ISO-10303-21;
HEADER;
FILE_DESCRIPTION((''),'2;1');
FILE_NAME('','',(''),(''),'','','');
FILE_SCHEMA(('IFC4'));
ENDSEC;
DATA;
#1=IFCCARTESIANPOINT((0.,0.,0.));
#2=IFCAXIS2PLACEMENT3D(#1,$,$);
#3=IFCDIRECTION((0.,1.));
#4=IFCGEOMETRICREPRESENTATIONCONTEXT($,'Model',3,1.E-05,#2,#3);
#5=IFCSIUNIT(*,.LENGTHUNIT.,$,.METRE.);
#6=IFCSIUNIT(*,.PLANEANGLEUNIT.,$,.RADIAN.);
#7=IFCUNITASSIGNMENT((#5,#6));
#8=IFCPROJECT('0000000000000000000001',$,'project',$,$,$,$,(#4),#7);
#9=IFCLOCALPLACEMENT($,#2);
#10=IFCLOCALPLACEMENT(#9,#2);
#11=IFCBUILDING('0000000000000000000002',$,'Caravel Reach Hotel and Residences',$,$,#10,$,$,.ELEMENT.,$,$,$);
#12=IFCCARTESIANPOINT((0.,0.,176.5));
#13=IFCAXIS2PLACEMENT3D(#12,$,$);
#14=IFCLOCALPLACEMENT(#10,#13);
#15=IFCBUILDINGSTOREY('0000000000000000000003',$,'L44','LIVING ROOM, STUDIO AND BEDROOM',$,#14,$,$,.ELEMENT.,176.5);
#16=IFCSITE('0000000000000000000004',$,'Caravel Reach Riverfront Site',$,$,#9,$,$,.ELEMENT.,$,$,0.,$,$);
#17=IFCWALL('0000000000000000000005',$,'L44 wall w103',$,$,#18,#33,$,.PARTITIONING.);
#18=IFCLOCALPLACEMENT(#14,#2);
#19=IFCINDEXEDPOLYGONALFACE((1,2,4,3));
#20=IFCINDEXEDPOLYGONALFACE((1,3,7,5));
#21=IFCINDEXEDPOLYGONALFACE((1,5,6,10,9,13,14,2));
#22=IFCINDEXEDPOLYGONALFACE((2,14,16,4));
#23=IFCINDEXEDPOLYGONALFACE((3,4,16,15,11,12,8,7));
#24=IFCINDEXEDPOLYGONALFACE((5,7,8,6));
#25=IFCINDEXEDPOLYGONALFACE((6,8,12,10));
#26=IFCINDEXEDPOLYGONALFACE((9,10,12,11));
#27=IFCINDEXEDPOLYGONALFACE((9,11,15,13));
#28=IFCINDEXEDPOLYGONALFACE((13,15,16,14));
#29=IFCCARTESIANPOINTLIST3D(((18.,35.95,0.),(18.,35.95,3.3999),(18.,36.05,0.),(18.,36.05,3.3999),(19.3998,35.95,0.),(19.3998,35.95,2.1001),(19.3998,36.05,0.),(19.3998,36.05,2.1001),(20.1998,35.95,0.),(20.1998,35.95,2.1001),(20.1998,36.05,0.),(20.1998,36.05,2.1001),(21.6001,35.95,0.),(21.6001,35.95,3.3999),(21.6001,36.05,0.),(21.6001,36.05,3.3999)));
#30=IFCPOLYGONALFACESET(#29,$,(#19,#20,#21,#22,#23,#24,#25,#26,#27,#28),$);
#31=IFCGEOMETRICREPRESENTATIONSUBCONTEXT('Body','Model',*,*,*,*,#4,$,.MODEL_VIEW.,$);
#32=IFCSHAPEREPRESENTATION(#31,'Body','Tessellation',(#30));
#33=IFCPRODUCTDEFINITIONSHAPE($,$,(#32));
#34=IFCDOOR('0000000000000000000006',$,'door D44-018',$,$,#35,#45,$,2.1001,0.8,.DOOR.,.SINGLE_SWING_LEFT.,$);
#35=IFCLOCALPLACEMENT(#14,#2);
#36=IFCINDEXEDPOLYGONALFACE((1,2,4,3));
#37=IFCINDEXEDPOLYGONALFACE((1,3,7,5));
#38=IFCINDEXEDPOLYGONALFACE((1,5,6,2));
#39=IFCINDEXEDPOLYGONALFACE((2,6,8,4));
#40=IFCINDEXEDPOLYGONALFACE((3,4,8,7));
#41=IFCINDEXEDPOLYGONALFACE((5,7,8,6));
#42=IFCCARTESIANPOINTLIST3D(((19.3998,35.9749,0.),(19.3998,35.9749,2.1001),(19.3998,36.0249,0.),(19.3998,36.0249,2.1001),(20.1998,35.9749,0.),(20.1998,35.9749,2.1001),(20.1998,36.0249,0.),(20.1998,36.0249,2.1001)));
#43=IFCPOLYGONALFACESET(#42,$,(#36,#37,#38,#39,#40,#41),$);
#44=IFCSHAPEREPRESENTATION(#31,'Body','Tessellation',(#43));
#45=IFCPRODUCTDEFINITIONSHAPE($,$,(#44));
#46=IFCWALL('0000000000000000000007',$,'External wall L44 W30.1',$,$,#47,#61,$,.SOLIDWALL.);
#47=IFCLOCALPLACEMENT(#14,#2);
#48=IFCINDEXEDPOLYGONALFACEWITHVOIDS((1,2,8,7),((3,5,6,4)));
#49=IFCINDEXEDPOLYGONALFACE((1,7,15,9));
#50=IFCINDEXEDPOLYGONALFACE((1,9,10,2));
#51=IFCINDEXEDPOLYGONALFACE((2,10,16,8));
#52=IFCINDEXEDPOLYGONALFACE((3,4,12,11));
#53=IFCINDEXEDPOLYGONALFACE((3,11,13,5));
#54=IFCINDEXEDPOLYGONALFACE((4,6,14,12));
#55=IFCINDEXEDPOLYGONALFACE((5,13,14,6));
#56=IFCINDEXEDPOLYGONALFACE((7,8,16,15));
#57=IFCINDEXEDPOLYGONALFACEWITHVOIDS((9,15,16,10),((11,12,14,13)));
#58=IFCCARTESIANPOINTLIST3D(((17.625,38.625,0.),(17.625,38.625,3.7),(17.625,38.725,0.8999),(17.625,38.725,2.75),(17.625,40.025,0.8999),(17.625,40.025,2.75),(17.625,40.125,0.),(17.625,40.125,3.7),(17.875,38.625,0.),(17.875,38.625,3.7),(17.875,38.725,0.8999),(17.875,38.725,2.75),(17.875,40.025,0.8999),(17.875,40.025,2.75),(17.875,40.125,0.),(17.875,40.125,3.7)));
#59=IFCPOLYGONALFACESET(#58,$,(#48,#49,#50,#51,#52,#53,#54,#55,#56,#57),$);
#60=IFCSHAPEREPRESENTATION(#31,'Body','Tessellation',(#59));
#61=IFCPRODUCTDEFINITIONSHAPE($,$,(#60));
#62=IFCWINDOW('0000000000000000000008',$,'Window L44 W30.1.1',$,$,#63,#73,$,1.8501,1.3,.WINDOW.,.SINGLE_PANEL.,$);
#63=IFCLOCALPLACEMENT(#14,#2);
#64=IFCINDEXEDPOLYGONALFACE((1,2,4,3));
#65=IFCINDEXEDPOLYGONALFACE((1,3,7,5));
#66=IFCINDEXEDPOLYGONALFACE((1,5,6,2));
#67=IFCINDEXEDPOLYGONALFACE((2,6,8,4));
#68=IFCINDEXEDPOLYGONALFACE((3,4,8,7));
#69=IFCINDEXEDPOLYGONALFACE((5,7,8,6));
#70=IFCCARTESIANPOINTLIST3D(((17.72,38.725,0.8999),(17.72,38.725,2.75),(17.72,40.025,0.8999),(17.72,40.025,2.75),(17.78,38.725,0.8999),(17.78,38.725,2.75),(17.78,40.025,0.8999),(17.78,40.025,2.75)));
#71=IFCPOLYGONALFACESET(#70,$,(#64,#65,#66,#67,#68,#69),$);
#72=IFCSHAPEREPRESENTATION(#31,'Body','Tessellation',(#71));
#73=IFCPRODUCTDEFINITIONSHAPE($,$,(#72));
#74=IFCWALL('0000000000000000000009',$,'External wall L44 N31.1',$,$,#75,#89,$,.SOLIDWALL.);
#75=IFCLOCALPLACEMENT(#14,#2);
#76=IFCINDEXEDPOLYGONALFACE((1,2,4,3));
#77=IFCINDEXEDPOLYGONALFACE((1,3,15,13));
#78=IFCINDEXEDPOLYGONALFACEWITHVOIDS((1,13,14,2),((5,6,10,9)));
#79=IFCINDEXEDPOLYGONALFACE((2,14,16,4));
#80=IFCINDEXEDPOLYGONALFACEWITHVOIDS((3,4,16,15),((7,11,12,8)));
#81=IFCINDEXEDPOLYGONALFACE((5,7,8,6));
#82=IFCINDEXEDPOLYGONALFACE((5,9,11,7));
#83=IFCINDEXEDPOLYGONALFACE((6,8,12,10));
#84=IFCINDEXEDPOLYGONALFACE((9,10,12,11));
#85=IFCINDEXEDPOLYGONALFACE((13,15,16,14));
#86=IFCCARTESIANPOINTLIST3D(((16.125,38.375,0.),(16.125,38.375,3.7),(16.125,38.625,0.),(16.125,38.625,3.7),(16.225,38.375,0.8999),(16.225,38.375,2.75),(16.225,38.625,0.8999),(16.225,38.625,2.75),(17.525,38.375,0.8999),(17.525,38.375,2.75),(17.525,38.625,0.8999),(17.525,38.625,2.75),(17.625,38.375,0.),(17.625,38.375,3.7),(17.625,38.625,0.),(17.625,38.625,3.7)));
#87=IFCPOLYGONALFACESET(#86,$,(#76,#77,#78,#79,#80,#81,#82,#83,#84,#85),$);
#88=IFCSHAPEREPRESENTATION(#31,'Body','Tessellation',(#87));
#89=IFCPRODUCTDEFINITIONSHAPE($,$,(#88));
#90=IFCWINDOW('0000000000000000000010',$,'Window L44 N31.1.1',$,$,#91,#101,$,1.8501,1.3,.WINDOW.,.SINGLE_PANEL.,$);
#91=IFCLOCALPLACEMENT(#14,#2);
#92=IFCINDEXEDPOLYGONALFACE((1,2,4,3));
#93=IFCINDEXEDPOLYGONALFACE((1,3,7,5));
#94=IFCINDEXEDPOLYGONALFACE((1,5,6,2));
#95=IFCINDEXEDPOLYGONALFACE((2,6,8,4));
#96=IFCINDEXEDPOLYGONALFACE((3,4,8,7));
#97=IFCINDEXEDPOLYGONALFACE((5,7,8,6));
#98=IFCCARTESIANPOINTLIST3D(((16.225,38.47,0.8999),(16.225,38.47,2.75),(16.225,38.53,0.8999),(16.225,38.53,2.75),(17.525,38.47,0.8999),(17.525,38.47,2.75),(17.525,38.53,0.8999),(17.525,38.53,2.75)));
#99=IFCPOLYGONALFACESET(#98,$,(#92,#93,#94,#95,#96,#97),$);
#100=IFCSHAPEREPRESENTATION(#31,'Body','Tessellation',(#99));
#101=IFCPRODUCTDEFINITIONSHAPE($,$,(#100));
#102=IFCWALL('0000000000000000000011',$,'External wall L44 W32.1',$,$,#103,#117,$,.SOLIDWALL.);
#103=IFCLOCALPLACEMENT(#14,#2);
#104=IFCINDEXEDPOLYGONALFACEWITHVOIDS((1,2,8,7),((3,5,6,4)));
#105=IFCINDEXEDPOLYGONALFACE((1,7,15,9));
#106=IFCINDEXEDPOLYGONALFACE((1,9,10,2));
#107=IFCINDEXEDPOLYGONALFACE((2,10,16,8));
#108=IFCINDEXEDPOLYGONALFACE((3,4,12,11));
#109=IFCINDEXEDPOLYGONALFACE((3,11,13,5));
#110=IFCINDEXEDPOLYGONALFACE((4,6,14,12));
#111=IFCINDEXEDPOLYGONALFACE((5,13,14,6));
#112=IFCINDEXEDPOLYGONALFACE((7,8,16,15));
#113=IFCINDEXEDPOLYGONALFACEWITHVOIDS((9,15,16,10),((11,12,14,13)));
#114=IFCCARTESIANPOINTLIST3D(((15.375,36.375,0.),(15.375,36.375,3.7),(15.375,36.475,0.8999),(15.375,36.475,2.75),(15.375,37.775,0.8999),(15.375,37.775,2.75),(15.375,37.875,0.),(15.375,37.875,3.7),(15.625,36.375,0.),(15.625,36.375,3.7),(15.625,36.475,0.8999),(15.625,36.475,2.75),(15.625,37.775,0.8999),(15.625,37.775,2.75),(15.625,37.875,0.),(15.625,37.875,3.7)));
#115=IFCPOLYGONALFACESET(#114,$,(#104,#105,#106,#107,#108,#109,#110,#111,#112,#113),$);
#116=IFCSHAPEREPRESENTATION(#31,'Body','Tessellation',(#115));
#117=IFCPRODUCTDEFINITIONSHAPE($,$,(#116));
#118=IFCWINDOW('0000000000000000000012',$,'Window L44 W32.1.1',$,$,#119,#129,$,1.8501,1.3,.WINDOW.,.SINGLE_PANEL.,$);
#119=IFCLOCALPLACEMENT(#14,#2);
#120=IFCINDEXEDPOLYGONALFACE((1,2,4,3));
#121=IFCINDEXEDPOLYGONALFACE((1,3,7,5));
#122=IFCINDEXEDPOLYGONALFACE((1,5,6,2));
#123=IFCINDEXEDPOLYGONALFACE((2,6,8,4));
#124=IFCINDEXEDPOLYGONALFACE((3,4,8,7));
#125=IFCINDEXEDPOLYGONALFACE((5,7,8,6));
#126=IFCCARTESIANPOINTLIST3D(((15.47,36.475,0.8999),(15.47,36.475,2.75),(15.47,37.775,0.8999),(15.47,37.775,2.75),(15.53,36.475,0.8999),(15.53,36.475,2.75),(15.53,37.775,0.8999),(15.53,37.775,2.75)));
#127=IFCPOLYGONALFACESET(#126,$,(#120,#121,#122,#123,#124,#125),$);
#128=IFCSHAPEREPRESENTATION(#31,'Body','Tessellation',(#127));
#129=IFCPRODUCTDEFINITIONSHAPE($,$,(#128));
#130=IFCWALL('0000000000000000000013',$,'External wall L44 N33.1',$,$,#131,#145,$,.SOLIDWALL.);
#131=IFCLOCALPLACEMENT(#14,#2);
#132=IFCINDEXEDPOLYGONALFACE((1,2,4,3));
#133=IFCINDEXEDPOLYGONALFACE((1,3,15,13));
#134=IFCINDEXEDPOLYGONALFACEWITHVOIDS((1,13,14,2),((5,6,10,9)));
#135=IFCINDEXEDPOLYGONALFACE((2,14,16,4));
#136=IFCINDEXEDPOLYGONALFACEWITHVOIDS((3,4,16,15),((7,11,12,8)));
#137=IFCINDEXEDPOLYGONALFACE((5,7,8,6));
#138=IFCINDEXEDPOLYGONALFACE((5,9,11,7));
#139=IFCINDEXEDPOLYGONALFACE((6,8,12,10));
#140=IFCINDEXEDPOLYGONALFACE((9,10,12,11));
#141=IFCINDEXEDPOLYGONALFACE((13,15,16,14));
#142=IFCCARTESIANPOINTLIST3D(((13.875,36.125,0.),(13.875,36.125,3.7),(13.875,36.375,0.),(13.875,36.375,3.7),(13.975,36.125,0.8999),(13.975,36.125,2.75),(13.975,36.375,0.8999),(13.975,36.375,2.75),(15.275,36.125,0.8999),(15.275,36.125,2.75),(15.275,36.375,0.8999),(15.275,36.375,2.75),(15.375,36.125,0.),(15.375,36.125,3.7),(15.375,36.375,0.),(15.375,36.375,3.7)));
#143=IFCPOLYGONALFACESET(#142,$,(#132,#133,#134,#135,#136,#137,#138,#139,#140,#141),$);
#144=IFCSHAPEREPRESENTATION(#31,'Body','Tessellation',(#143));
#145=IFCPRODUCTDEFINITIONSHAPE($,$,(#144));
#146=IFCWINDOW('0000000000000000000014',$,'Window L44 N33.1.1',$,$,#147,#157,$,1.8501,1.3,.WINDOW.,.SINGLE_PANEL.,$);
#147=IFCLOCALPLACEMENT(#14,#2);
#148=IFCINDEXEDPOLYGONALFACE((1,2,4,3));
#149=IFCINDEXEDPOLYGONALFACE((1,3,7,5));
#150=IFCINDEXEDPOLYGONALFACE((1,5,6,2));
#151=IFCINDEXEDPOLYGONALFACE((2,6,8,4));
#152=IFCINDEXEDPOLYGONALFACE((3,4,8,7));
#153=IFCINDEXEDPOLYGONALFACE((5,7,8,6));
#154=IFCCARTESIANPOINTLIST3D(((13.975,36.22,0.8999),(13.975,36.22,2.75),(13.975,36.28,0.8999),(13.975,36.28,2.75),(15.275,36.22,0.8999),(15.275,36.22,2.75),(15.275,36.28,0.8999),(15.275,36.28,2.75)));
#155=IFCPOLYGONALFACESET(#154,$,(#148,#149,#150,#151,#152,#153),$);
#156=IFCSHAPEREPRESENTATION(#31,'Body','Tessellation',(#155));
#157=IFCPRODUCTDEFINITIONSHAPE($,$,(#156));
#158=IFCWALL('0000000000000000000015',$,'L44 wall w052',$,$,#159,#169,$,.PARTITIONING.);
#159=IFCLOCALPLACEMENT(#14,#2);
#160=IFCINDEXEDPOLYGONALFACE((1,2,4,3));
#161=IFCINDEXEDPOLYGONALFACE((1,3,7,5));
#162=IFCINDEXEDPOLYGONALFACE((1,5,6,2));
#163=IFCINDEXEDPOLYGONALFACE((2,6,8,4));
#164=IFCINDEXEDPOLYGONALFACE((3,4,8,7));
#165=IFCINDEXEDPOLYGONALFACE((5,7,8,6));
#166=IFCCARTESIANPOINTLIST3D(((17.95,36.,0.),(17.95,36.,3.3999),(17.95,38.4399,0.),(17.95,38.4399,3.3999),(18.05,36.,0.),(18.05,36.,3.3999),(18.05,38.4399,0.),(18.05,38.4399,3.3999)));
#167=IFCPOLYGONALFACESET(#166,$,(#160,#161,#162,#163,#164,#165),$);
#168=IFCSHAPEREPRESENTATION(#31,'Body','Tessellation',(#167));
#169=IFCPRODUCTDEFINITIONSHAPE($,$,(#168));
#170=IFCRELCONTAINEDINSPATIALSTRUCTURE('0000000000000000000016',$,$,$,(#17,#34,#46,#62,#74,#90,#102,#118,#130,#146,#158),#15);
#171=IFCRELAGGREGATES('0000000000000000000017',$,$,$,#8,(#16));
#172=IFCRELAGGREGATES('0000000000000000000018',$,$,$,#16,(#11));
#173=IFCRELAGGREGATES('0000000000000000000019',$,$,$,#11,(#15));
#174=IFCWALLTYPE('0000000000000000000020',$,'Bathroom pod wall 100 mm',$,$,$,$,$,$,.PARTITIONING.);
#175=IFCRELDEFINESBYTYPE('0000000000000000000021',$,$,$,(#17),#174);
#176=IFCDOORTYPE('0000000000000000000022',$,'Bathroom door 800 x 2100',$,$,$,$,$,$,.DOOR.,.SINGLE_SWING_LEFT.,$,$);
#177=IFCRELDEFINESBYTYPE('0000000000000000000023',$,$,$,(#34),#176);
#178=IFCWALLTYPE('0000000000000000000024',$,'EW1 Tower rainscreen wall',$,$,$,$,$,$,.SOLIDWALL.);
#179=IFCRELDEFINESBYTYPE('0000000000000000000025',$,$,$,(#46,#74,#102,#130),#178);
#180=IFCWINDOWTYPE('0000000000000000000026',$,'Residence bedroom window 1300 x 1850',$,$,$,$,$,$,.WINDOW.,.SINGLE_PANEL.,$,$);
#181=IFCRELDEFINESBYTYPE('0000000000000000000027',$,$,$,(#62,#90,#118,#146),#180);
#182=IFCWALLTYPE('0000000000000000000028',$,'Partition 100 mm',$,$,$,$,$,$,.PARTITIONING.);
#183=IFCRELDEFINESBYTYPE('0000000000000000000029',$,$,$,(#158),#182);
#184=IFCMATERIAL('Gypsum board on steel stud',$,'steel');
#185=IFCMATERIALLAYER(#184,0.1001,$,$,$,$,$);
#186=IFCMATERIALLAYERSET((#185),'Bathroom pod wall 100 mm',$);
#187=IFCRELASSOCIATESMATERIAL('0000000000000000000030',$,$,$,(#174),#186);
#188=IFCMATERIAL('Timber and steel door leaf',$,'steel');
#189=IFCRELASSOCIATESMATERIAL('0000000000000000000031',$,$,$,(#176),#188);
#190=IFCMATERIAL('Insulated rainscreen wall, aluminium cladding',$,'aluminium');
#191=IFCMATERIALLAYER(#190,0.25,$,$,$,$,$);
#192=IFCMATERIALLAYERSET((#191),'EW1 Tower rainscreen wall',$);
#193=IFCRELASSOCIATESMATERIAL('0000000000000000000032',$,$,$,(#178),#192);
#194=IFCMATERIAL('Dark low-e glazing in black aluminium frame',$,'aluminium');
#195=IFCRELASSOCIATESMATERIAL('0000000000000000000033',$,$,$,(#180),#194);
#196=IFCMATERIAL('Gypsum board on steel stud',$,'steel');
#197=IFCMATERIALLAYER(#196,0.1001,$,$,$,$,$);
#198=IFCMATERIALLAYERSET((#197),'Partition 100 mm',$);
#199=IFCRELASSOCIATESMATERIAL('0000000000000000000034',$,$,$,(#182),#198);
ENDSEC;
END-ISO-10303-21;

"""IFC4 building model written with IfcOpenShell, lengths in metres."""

from ifc_helpers import new_model, si_unit, direction, frame, frame_2d, origin, place, context, subcontext, project, spatial, rectangle, extrude, material, layer, layer_set, type_object, element, fill, save


model = new_model("IFC4")

# Units and contexts
model_context = context("Model", 3, precision=1e-05, world=origin(), true_north=direction((0.0, 1.0)))
body_context = subcontext(model_context, "Body", "Model", "MODEL_VIEW")
ifc_project = project(units=[si_unit("LENGTHUNIT", "METRE"), si_unit("PLANEANGLEUNIT", "RADIAN")], contexts=[model_context])

# Site, building, storey
site_placement = place(None, origin())
site = spatial("IfcSite", under=ifc_project, at=site_placement, Name="Caravel Reach Riverfront Site", CompositionType="ELEMENT", RefElevation=0.0)
building_placement = place(site_placement, origin())
building = spatial("IfcBuilding", under=site, at=building_placement, Name="Caravel Reach Hotel and Residences", CompositionType="ELEMENT")
storey_placement = place(building_placement, frame((0.0, 0.0, 176.5)))
storey = spatial("IfcBuildingStorey", under=building, at=storey_placement, Name="L44", Description="LIVING ROOM, STUDIO AND BEDROOM", CompositionType="ELEMENT", Elevation=176.5)

# Wall, opening, door
ifc_material_1 = material(Name="Gypsum board on steel stud", Category="steel")
ifc_layer_1 = layer(ifc_material_1, 0.1001)
ifc_layer_set_1 = layer_set([ifc_layer_1], Name="Bathroom pod wall 100 mm")
wall_type_1 = type_object("IfcWallType", Name="Bathroom pod wall 100 mm", PredefinedType="PARTITIONING", material=ifc_layer_set_1)
wall_1_placement = place(storey_placement, frame((18.0, 36.0, 0.0), z_axis=(0.0, 0.0, 1.0), x_axis=(1.0, 0.0, 0.0)))
wall_1 = element("IfcWall", 1, at=wall_1_placement, inside=storey, type_object=wall_type_1, Name="L44 wall w103", PredefinedType="PARTITIONING", context=body_context, shape_type="SweptSolid", body=[
    extrude(rectangle(XDim=3.6001, YDim=0.1001, at=frame_2d((1.8, 0.0))), origin(), (0.0, 0.0, 1.0), 3.3999),
])
opening_1_placement = place(wall_1_placement, frame((1.3999, 0.0, 0.0)))
opening_1 = element("IfcOpeningElement", 2, at=opening_1_placement, cuts=wall_1, PredefinedType="OPENING", context=body_context, shape_type="SweptSolid", body=[
    extrude(rectangle(XDim=0.8, YDim=2.1001, at=frame_2d((0.3999, 1.05))), frame((0.0, 0.0601, 0.0), z_axis=(0.0, -1.0, 0.0), x_axis=(1.0, 0.0, 0.0)), (0.0, 0.0, 1.0), 0.1201),
])
ifc_material_2 = material(Name="Timber and steel door leaf", Category="steel")
door_type = type_object("IfcDoorType", Name="Bathroom door 800 x 2100", OperationType="SINGLE_SWING_LEFT", PredefinedType="DOOR", material=ifc_material_2)
door_placement = place(opening_1_placement, origin())
door = element("IfcDoor", 3, at=door_placement, inside=storey, type_object=door_type, Name="door D44-018", OperationType="SINGLE_SWING_LEFT", OverallHeight=2.1001, OverallWidth=0.8, PredefinedType="DOOR", context=body_context, shape_type="SweptSolid", body=[
    extrude(rectangle(XDim=0.8, YDim=2.1001, at=frame_2d((0.3999, 1.05))), frame((0.0, 0.0249, 0.0), z_axis=(0.0, -1.0, 0.0), x_axis=(1.0, 0.0, 0.0)), (0.0, 0.0, 1.0), 0.05),
])
fill(opening_1, door)

# Walls, openings, windows
ifc_material_3 = material(Name="Insulated rainscreen wall, aluminium cladding", Category="aluminium")
ifc_layer_2 = layer(ifc_material_3, 0.25)
ifc_layer_set_2 = layer_set([ifc_layer_2], Name="EW1 Tower rainscreen wall")
wall_type_2 = type_object("IfcWallType", Name="EW1 Tower rainscreen wall", PredefinedType="SOLIDWALL", material=ifc_layer_set_2)
wall_2_placement = place(storey_placement, frame((17.75, 40.125, 0.0), z_axis=(0.0, 0.0, 1.0), x_axis=(0.0, -1.0, 0.0)))
wall_2 = element("IfcWall", 4, at=wall_2_placement, inside=storey, type_object=wall_type_2, Name="External wall L44 W30.1", PredefinedType="SOLIDWALL", context=body_context, shape_type="SweptSolid", body=[
    extrude(rectangle(XDim=1.5, YDim=0.25, at=frame_2d((0.75, 0.0))), origin(), (0.0, 0.0, 1.0), 3.7),
])
opening_2_placement = place(wall_2_placement, frame((0.1001, 0.0, 0.8999)))
opening_2 = element("IfcOpeningElement", 5, at=opening_2_placement, cuts=wall_2, PredefinedType="OPENING", context=body_context, shape_type="SweptSolid", body=[
    extrude(rectangle(XDim=1.3, YDim=1.8501, at=frame_2d((0.6499, 0.925))), frame((0.0, 0.135, 0.0), z_axis=(0.0, -1.0, 0.0), x_axis=(1.0, 0.0, 0.0)), (0.0, 0.0, 1.0), 0.27),
])
ifc_material_4 = material(Name="Dark low-e glazing in black aluminium frame", Category="aluminium")
window_type = type_object("IfcWindowType", Name="Residence bedroom window 1300 x 1850", PartitioningType="SINGLE_PANEL", PredefinedType="WINDOW", material=ifc_material_4)
window_1_placement = place(opening_2_placement, origin())
window_1 = element("IfcWindow", 6, at=window_1_placement, inside=storey, type_object=window_type, Name="Window L44 W30.1.1", OverallHeight=1.8501, OverallWidth=1.3, PartitioningType="SINGLE_PANEL", PredefinedType="WINDOW", context=body_context, shape_type="SweptSolid", body=[
    extrude(rectangle(XDim=1.3, YDim=1.8501, at=frame_2d((0.6499, 0.925))), frame((0.0, 0.03, 0.0), z_axis=(0.0, -1.0, 0.0), x_axis=(1.0, 0.0, 0.0)), (0.0, 0.0, 1.0), 0.0601),
])
fill(opening_2, window_1)
wall_3_placement = place(storey_placement, frame((17.625, 38.5, 0.0), z_axis=(0.0, 0.0, 1.0), x_axis=(-1.0, 0.0, 0.0)))
wall_3 = element("IfcWall", 7, at=wall_3_placement, inside=storey, type_object=wall_type_2, Name="External wall L44 N31.1", PredefinedType="SOLIDWALL", context=body_context, shape_type="SweptSolid", body=[
    extrude(rectangle(XDim=1.5, YDim=0.25, at=frame_2d((0.75, 0.0))), origin(), (0.0, 0.0, 1.0), 3.7),
])
opening_3_placement = place(wall_3_placement, frame((0.1001, 0.0, 0.8999)))
opening_3 = element("IfcOpeningElement", 8, at=opening_3_placement, cuts=wall_3, PredefinedType="OPENING", context=body_context, shape_type="SweptSolid", body=[
    extrude(rectangle(XDim=1.3, YDim=1.8501, at=frame_2d((0.6499, 0.925))), frame((0.0, 0.135, 0.0), z_axis=(0.0, -1.0, 0.0), x_axis=(1.0, 0.0, 0.0)), (0.0, 0.0, 1.0), 0.27),
])
window_2_placement = place(opening_3_placement, origin())
window_2 = element("IfcWindow", 9, at=window_2_placement, inside=storey, type_object=window_type, Name="Window L44 N31.1.1", OverallHeight=1.8501, OverallWidth=1.3, PartitioningType="SINGLE_PANEL", PredefinedType="WINDOW", context=body_context, shape_type="SweptSolid", body=[
    extrude(rectangle(XDim=1.3, YDim=1.8501, at=frame_2d((0.6499, 0.925))), frame((0.0, 0.03, 0.0), z_axis=(0.0, -1.0, 0.0), x_axis=(1.0, 0.0, 0.0)), (0.0, 0.0, 1.0), 0.0601),
])
fill(opening_3, window_2)
wall_4_placement = place(storey_placement, frame((15.5, 37.875, 0.0), z_axis=(0.0, 0.0, 1.0), x_axis=(0.0, -1.0, 0.0)))
wall_4 = element("IfcWall", 10, at=wall_4_placement, inside=storey, type_object=wall_type_2, Name="External wall L44 W32.1", PredefinedType="SOLIDWALL", context=body_context, shape_type="SweptSolid", body=[
    extrude(rectangle(XDim=1.5, YDim=0.25, at=frame_2d((0.75, 0.0))), origin(), (0.0, 0.0, 1.0), 3.7),
])
opening_4_placement = place(wall_4_placement, frame((0.1001, 0.0, 0.8999)))
opening_4 = element("IfcOpeningElement", 11, at=opening_4_placement, cuts=wall_4, PredefinedType="OPENING", context=body_context, shape_type="SweptSolid", body=[
    extrude(rectangle(XDim=1.3, YDim=1.8501, at=frame_2d((0.6499, 0.925))), frame((0.0, 0.135, 0.0), z_axis=(0.0, -1.0, 0.0), x_axis=(1.0, 0.0, 0.0)), (0.0, 0.0, 1.0), 0.27),
])
window_3_placement = place(opening_4_placement, origin())
window_3 = element("IfcWindow", 12, at=window_3_placement, inside=storey, type_object=window_type, Name="Window L44 W32.1.1", OverallHeight=1.8501, OverallWidth=1.3, PartitioningType="SINGLE_PANEL", PredefinedType="WINDOW", context=body_context, shape_type="SweptSolid", body=[
    extrude(rectangle(XDim=1.3, YDim=1.8501, at=frame_2d((0.6499, 0.925))), frame((0.0, 0.03, 0.0), z_axis=(0.0, -1.0, 0.0), x_axis=(1.0, 0.0, 0.0)), (0.0, 0.0, 1.0), 0.0601),
])
fill(opening_4, window_3)
wall_5_placement = place(storey_placement, frame((15.375, 36.25, 0.0), z_axis=(0.0, 0.0, 1.0), x_axis=(-1.0, 0.0, 0.0)))
wall_5 = element("IfcWall", 13, at=wall_5_placement, inside=storey, type_object=wall_type_2, Name="External wall L44 N33.1", PredefinedType="SOLIDWALL", context=body_context, shape_type="SweptSolid", body=[
    extrude(rectangle(XDim=1.5, YDim=0.25, at=frame_2d((0.75, 0.0))), origin(), (0.0, 0.0, 1.0), 3.7),
])
opening_5_placement = place(wall_5_placement, frame((0.1001, 0.0, 0.8999)))
opening_5 = element("IfcOpeningElement", 14, at=opening_5_placement, cuts=wall_5, PredefinedType="OPENING", context=body_context, shape_type="SweptSolid", body=[
    extrude(rectangle(XDim=1.3, YDim=1.8501, at=frame_2d((0.6499, 0.925))), frame((0.0, 0.135, 0.0), z_axis=(0.0, -1.0, 0.0), x_axis=(1.0, 0.0, 0.0)), (0.0, 0.0, 1.0), 0.27),
])
window_4_placement = place(opening_5_placement, origin())
window_4 = element("IfcWindow", 15, at=window_4_placement, inside=storey, type_object=window_type, Name="Window L44 N33.1.1", OverallHeight=1.8501, OverallWidth=1.3, PartitioningType="SINGLE_PANEL", PredefinedType="WINDOW", context=body_context, shape_type="SweptSolid", body=[
    extrude(rectangle(XDim=1.3, YDim=1.8501, at=frame_2d((0.6499, 0.925))), frame((0.0, 0.03, 0.0), z_axis=(0.0, -1.0, 0.0), x_axis=(1.0, 0.0, 0.0)), (0.0, 0.0, 1.0), 0.0601),
])
fill(opening_5, window_4)

# Wall
ifc_material_5 = material(Name="Gypsum board on steel stud", Category="steel")
ifc_layer_3 = layer(ifc_material_5, 0.1001)
ifc_layer_set_3 = layer_set([ifc_layer_3], Name="Partition 100 mm")
wall_type_3 = type_object("IfcWallType", Name="Partition 100 mm", PredefinedType="PARTITIONING", material=ifc_layer_set_3)
wall_6_placement = place(storey_placement, frame((18.0, 36.0, 0.0), z_axis=(0.0, 0.0, 1.0), x_axis=(0.0, 1.0, 0.0)))
element("IfcWall", 16, at=wall_6_placement, inside=storey, type_object=wall_type_3, Name="L44 wall w052", PredefinedType="PARTITIONING", context=body_context, shape_type="SweptSolid", body=[
    extrude(rectangle(XDim=2.4399, YDim=0.1001, at=frame_2d((1.22, 0.0))), origin(), (0.0, 0.0, 1.0), 3.3999),
])

save(model, "model.ifc")
